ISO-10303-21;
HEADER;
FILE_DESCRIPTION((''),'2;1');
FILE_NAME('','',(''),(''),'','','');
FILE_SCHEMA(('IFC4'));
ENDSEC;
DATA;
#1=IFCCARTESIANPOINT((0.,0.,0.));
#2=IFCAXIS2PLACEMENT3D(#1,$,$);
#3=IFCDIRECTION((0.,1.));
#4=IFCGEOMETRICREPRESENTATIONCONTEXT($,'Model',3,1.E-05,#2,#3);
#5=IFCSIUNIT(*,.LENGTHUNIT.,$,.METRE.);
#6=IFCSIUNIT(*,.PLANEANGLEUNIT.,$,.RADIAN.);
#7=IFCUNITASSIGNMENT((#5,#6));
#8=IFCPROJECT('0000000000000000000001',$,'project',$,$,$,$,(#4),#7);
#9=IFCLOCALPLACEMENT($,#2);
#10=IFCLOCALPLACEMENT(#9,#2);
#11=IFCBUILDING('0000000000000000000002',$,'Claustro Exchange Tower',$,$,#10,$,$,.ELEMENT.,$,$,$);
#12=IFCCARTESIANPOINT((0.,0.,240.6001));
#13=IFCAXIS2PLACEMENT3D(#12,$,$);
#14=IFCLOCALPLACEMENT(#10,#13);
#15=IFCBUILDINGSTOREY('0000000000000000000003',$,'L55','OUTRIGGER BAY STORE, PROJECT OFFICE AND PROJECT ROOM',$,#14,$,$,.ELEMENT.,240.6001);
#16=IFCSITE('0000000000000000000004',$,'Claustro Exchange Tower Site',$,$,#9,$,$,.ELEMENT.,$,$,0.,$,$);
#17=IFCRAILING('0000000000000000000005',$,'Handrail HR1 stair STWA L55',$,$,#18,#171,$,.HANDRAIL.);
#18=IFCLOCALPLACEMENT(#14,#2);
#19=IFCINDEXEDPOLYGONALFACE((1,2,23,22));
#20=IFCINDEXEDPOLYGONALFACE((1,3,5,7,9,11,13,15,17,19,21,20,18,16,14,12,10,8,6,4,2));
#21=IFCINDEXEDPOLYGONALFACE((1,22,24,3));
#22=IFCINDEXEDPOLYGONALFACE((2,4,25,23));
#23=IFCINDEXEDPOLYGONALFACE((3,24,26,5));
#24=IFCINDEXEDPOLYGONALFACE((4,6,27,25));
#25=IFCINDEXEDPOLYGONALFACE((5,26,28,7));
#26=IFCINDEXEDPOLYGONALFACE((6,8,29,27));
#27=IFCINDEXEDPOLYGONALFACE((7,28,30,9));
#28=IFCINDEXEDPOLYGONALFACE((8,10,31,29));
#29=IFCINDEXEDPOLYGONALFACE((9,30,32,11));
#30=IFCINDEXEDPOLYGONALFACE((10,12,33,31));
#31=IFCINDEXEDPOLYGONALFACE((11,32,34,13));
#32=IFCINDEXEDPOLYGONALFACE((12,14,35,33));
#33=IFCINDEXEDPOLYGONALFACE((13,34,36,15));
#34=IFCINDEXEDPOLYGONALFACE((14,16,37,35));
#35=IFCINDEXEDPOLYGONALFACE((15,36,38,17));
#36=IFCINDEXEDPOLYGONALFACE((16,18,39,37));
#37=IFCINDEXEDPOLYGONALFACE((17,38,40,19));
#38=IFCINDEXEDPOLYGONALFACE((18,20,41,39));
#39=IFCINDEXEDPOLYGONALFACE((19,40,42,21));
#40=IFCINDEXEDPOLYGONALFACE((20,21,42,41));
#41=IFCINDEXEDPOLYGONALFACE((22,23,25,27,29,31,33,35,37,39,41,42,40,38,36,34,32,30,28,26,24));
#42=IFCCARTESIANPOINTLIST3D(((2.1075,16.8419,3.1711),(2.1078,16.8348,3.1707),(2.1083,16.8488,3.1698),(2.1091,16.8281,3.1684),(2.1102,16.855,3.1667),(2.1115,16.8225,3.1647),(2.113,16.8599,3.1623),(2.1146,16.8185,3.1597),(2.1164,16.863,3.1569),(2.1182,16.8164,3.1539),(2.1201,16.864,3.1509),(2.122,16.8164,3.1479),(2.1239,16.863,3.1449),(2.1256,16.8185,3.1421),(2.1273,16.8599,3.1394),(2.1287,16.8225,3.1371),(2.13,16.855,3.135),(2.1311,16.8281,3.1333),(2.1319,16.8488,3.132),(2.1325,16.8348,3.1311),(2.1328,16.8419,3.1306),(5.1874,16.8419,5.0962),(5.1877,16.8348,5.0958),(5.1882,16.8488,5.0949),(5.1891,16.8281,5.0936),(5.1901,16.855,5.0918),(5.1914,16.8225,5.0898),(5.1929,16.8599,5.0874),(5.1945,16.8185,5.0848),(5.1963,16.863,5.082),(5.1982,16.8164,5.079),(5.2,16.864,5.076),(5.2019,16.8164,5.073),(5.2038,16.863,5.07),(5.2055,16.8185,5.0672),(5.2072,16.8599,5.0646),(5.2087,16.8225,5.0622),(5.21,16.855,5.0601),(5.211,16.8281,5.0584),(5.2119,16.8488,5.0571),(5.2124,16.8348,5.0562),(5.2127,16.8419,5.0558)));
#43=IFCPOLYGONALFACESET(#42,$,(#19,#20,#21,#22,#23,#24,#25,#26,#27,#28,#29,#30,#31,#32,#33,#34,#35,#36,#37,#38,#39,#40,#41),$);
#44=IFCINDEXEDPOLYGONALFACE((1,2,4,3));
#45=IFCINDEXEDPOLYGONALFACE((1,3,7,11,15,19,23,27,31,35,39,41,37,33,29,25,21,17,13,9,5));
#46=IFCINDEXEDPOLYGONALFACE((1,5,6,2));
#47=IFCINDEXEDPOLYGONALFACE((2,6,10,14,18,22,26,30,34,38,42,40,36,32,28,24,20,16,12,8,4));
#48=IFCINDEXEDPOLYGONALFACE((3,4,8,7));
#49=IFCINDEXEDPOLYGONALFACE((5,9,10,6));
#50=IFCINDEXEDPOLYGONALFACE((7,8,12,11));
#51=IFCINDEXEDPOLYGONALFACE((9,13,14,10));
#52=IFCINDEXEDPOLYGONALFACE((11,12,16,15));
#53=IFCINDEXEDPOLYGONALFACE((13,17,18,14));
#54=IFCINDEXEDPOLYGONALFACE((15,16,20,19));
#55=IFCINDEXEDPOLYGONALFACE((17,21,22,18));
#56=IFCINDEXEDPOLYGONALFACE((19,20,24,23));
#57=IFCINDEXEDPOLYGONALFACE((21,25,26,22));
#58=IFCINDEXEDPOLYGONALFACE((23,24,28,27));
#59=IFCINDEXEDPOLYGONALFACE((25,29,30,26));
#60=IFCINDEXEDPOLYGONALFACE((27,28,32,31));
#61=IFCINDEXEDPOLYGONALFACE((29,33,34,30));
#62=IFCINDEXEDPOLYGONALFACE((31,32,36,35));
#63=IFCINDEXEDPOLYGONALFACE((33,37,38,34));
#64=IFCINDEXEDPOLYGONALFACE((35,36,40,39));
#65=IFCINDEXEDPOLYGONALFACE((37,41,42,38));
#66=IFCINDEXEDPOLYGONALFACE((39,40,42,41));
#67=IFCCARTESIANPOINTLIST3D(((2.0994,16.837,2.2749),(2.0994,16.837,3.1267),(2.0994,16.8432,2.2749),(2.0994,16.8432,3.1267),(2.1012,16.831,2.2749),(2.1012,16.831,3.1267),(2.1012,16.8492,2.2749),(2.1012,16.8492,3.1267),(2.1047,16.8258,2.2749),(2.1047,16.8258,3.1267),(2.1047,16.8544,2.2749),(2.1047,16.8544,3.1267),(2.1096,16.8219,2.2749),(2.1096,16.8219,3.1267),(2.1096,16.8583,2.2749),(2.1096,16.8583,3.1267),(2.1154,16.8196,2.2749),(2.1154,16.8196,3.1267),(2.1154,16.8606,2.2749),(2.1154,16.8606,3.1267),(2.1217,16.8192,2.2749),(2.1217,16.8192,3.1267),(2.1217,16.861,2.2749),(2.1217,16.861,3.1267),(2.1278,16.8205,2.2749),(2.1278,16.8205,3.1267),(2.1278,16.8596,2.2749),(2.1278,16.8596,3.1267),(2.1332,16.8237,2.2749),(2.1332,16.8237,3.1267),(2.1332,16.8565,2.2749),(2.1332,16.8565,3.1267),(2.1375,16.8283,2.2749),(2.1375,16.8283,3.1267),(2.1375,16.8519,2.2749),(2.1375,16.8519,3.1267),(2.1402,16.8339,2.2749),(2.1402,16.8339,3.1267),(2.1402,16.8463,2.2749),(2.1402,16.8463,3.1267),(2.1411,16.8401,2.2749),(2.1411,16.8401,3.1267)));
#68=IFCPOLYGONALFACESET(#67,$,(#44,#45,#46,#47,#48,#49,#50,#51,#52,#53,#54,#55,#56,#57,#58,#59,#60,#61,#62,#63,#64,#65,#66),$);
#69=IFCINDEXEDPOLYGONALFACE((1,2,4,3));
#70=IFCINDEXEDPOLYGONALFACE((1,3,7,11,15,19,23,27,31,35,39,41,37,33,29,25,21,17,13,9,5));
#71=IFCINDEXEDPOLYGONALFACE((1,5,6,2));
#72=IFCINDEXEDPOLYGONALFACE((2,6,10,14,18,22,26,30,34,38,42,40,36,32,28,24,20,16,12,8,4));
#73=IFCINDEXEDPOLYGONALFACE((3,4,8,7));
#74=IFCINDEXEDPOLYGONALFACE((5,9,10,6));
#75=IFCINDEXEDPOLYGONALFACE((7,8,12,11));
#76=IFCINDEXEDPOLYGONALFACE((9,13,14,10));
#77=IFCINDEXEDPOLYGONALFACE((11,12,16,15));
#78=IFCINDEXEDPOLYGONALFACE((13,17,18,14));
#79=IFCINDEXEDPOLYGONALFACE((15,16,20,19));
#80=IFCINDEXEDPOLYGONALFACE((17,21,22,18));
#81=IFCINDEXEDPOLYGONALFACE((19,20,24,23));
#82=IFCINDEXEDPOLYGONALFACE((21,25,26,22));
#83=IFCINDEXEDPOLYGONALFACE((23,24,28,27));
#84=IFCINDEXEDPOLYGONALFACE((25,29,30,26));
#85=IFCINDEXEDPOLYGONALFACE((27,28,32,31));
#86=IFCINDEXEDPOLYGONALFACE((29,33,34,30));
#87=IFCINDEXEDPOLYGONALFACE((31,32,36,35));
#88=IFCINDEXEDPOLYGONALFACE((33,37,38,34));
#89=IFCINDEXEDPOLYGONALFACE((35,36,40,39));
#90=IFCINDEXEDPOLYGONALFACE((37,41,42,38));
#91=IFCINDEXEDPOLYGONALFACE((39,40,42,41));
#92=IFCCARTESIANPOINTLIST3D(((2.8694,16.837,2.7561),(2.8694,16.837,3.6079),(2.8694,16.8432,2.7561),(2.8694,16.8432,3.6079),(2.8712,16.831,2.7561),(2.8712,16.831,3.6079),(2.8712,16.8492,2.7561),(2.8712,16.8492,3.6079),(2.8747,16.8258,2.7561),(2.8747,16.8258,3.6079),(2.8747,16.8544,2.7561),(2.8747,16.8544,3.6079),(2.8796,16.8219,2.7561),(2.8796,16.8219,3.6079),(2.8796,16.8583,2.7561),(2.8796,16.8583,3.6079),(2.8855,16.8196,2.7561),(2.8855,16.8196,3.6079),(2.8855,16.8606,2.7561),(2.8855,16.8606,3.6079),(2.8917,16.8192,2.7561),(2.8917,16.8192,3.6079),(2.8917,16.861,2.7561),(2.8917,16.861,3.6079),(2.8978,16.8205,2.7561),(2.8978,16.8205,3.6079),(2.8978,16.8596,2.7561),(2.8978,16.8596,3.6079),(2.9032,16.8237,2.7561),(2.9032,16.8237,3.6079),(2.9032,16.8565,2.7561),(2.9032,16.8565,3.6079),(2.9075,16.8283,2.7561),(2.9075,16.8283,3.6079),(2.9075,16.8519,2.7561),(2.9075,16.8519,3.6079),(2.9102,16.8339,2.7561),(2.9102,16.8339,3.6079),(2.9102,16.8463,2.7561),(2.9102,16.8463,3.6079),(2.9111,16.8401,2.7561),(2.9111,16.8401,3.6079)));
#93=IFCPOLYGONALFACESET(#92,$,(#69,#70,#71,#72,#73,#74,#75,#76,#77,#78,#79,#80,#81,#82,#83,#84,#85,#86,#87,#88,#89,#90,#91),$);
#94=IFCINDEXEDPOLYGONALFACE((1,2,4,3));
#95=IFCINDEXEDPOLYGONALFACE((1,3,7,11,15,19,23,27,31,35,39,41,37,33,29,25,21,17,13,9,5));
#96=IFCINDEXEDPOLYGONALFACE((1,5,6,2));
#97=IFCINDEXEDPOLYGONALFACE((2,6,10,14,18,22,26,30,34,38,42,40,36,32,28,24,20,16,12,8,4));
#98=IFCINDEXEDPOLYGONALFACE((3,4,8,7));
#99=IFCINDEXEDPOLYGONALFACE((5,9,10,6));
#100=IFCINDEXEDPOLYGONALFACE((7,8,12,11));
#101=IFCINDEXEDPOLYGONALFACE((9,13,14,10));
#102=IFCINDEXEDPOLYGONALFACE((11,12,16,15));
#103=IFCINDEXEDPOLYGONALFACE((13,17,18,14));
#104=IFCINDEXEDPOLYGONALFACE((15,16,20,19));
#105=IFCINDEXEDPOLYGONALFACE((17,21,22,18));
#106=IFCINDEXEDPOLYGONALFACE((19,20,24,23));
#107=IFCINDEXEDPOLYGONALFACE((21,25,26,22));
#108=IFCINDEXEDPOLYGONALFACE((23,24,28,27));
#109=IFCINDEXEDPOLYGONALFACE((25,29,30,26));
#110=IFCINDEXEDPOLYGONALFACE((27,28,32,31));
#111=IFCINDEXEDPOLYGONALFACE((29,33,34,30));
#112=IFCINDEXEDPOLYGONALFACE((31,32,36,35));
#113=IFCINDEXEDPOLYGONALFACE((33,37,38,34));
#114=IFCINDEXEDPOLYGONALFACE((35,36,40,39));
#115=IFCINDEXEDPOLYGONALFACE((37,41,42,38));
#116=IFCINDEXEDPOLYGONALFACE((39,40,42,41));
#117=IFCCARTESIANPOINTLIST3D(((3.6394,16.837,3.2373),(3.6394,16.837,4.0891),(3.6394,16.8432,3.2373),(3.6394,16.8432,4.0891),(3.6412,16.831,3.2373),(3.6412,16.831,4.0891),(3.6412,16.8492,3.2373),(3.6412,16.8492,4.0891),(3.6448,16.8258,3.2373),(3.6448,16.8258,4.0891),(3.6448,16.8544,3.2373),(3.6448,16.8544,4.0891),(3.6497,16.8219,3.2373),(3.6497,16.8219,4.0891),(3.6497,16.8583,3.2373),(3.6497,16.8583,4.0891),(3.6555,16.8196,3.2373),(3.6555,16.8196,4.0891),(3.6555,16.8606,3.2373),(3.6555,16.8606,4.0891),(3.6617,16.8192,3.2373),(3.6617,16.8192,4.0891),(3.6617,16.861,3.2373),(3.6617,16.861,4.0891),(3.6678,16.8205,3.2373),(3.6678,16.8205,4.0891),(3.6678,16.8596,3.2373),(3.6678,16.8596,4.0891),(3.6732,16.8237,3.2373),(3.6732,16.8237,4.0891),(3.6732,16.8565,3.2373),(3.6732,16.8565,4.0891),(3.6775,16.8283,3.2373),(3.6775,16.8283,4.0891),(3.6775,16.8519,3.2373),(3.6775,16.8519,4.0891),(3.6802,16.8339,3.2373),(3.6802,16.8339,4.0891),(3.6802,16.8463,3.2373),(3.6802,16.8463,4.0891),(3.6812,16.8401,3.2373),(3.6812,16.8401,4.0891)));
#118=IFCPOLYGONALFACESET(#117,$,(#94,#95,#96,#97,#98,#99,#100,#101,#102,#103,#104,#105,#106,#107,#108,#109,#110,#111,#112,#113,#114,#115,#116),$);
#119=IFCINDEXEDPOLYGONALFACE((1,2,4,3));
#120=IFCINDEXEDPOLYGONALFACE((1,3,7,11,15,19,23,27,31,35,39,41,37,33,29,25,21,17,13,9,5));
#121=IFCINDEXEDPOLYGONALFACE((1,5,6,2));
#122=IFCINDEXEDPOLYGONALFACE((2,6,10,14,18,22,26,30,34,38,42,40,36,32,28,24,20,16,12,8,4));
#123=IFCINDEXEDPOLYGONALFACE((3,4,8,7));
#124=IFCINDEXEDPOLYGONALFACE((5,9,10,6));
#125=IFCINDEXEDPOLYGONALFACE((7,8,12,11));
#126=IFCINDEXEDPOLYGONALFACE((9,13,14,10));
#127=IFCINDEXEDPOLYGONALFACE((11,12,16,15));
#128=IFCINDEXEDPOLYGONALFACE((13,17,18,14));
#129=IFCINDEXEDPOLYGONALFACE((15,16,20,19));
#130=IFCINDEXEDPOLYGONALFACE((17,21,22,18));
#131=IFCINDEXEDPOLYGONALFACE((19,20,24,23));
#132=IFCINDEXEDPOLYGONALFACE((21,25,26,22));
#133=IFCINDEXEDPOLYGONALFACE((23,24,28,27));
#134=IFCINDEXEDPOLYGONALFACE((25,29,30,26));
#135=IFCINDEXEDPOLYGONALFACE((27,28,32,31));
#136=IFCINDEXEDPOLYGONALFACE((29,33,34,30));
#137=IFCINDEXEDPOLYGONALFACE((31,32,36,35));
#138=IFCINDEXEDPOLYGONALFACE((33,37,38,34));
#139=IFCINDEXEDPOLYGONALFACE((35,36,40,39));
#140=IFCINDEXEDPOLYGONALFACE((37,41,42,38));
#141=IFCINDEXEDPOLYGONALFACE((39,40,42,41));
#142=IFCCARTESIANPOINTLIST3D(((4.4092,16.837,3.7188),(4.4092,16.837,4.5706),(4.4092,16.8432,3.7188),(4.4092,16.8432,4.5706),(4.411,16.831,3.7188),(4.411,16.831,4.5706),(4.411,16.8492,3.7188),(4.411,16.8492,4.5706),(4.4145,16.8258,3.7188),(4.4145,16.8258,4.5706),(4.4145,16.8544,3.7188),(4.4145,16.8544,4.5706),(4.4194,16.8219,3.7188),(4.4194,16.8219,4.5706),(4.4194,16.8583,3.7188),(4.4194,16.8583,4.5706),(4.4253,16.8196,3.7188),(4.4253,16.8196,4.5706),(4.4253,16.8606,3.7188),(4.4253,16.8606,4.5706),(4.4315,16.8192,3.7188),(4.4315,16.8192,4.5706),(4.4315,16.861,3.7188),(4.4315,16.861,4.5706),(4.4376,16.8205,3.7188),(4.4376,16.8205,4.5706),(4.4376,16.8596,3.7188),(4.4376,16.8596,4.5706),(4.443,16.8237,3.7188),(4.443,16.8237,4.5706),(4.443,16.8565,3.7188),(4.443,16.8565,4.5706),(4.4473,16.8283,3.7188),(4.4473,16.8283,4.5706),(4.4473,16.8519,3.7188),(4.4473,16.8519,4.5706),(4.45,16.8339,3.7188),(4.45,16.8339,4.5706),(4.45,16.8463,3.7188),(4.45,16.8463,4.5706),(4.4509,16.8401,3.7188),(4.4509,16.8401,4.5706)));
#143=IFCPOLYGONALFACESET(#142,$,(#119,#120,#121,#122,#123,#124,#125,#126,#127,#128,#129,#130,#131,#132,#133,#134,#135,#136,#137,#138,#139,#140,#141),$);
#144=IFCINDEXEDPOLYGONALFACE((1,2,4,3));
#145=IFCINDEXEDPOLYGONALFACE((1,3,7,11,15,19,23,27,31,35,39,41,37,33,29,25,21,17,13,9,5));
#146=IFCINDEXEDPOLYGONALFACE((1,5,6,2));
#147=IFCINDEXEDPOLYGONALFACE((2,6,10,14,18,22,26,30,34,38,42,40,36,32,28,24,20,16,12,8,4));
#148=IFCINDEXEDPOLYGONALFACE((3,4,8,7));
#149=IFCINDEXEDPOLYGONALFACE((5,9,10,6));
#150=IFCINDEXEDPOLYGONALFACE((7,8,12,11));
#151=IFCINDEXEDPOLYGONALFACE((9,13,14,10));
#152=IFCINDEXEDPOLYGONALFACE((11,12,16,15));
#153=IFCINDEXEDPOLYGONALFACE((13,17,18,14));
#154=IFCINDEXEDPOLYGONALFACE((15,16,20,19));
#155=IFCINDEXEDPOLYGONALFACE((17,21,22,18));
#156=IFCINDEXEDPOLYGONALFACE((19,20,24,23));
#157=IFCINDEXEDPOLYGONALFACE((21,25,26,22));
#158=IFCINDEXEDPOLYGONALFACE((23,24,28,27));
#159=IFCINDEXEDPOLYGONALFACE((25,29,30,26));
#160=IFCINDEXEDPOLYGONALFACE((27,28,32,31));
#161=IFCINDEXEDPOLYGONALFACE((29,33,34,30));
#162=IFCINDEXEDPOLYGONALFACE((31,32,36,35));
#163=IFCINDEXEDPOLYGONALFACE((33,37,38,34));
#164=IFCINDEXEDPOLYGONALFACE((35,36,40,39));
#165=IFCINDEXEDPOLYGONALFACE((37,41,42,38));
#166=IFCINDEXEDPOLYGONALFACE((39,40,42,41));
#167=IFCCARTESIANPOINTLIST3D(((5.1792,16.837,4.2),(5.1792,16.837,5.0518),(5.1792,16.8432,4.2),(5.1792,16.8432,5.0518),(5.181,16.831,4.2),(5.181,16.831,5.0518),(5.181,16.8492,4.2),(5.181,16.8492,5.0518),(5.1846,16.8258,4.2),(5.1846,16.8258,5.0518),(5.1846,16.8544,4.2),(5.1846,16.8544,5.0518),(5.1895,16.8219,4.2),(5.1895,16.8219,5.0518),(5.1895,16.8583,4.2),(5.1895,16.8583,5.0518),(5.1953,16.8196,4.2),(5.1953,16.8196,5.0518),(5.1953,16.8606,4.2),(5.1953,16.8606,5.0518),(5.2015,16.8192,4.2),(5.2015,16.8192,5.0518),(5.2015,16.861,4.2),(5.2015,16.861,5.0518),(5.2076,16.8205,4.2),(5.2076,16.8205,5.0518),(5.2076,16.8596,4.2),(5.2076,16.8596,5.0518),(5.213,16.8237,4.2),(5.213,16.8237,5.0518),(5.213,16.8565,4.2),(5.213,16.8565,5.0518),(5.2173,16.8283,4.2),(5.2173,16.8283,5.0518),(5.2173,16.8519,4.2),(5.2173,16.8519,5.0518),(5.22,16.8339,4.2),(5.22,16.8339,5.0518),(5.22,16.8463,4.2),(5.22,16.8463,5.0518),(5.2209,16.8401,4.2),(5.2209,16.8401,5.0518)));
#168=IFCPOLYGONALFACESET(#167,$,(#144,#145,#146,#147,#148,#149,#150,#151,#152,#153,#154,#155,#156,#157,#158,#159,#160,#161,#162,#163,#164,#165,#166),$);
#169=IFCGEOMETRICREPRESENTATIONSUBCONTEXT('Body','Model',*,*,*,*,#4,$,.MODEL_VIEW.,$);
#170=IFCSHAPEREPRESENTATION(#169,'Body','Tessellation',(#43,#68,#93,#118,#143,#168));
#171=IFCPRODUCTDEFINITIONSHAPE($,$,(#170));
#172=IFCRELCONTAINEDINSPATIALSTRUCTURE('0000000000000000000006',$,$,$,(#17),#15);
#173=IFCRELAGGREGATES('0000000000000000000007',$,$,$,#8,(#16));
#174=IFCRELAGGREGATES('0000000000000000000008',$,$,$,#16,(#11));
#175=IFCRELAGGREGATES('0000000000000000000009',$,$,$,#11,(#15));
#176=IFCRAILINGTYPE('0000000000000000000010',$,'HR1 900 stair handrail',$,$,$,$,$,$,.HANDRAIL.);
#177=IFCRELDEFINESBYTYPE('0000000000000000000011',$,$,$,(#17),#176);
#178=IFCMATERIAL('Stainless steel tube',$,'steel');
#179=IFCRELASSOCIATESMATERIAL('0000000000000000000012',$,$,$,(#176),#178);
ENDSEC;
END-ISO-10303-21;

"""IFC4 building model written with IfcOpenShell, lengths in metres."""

from ifc_helpers import new_model, si_unit, direction, frame, origin, origin_2d, place, context, subcontext, project, spatial, circle, extrude, material, type_object, element, save


model = new_model("IFC4")

# Units and contexts
model_context = context("Model", 3, precision=1e-05, world=origin(), true_north=direction((0.0, 1.0)))
body_context = subcontext(model_context, "Body", "Model", "MODEL_VIEW")
ifc_project = project(units=[si_unit("LENGTHUNIT", "METRE"), si_unit("PLANEANGLEUNIT", "RADIAN")], contexts=[model_context])

# Site, building, storey
site_placement = place(None, origin())
site = spatial("IfcSite", under=ifc_project, at=site_placement, Name="Claustro Exchange Tower Site", CompositionType="ELEMENT", RefElevation=0.0)
building_placement = place(site_placement, origin())
building = spatial("IfcBuilding", under=site, at=building_placement, Name="Claustro Exchange Tower", CompositionType="ELEMENT")
storey_placement = place(building_placement, frame((0.0, 0.0, 240.6001)))
storey = spatial("IfcBuildingStorey", under=building, at=storey_placement, Name="L55", Description="OUTRIGGER BAY STORE, PROJECT OFFICE AND PROJECT ROOM", CompositionType="ELEMENT", Elevation=240.6001)

# Railing
ifc_material_1 = material(Name="Stainless steel tube", Category="steel")
railing_type_1 = type_object("IfcRailingType", Name="HR1 900 stair handrail", PredefinedType="HANDRAIL", material=ifc_material_1)
railing_1_placement = place(storey_placement, frame((2.1201, 16.8401, 2.2749)))
element("IfcRailing", 1, at=railing_1_placement, inside=storey, type_object=railing_type_1, Name="Handrail HR1 stair STWA L55", PredefinedType="HANDRAIL", context=body_context, shape_type="SweptSolid", body=[
    extrude(circle(Radius=0.0239, at=origin_2d()), frame((0.0, 0.0, 0.876), z_axis=(0.847979, 0.0, 0.530029), x_axis=(0.0, 1.0, 0.0)), (0.0, 0.0, 1.0), 3.6321),
    extrude(circle(Radius=0.021, at=origin_2d()), origin(), (0.0, 0.0, 1.0), 0.8518),
    extrude(circle(Radius=0.021, at=origin_2d()), frame((0.77, 0.0, 0.4812)), (0.0, 0.0, 1.0), 0.8518),
    extrude(circle(Radius=0.021, at=origin_2d()), frame((1.54, 0.0, 0.9624)), (0.0, 0.0, 1.0), 0.8518),
    extrude(circle(Radius=0.021, at=origin_2d()), frame((2.3098, 0.0, 1.4438)), (0.0, 0.0, 1.0), 0.8518),
    extrude(circle(Radius=0.021, at=origin_2d()), frame((3.0798, 0.0, 1.925)), (0.0, 0.0, 1.0), 0.8518),
])

save(model, "model.ifc")
